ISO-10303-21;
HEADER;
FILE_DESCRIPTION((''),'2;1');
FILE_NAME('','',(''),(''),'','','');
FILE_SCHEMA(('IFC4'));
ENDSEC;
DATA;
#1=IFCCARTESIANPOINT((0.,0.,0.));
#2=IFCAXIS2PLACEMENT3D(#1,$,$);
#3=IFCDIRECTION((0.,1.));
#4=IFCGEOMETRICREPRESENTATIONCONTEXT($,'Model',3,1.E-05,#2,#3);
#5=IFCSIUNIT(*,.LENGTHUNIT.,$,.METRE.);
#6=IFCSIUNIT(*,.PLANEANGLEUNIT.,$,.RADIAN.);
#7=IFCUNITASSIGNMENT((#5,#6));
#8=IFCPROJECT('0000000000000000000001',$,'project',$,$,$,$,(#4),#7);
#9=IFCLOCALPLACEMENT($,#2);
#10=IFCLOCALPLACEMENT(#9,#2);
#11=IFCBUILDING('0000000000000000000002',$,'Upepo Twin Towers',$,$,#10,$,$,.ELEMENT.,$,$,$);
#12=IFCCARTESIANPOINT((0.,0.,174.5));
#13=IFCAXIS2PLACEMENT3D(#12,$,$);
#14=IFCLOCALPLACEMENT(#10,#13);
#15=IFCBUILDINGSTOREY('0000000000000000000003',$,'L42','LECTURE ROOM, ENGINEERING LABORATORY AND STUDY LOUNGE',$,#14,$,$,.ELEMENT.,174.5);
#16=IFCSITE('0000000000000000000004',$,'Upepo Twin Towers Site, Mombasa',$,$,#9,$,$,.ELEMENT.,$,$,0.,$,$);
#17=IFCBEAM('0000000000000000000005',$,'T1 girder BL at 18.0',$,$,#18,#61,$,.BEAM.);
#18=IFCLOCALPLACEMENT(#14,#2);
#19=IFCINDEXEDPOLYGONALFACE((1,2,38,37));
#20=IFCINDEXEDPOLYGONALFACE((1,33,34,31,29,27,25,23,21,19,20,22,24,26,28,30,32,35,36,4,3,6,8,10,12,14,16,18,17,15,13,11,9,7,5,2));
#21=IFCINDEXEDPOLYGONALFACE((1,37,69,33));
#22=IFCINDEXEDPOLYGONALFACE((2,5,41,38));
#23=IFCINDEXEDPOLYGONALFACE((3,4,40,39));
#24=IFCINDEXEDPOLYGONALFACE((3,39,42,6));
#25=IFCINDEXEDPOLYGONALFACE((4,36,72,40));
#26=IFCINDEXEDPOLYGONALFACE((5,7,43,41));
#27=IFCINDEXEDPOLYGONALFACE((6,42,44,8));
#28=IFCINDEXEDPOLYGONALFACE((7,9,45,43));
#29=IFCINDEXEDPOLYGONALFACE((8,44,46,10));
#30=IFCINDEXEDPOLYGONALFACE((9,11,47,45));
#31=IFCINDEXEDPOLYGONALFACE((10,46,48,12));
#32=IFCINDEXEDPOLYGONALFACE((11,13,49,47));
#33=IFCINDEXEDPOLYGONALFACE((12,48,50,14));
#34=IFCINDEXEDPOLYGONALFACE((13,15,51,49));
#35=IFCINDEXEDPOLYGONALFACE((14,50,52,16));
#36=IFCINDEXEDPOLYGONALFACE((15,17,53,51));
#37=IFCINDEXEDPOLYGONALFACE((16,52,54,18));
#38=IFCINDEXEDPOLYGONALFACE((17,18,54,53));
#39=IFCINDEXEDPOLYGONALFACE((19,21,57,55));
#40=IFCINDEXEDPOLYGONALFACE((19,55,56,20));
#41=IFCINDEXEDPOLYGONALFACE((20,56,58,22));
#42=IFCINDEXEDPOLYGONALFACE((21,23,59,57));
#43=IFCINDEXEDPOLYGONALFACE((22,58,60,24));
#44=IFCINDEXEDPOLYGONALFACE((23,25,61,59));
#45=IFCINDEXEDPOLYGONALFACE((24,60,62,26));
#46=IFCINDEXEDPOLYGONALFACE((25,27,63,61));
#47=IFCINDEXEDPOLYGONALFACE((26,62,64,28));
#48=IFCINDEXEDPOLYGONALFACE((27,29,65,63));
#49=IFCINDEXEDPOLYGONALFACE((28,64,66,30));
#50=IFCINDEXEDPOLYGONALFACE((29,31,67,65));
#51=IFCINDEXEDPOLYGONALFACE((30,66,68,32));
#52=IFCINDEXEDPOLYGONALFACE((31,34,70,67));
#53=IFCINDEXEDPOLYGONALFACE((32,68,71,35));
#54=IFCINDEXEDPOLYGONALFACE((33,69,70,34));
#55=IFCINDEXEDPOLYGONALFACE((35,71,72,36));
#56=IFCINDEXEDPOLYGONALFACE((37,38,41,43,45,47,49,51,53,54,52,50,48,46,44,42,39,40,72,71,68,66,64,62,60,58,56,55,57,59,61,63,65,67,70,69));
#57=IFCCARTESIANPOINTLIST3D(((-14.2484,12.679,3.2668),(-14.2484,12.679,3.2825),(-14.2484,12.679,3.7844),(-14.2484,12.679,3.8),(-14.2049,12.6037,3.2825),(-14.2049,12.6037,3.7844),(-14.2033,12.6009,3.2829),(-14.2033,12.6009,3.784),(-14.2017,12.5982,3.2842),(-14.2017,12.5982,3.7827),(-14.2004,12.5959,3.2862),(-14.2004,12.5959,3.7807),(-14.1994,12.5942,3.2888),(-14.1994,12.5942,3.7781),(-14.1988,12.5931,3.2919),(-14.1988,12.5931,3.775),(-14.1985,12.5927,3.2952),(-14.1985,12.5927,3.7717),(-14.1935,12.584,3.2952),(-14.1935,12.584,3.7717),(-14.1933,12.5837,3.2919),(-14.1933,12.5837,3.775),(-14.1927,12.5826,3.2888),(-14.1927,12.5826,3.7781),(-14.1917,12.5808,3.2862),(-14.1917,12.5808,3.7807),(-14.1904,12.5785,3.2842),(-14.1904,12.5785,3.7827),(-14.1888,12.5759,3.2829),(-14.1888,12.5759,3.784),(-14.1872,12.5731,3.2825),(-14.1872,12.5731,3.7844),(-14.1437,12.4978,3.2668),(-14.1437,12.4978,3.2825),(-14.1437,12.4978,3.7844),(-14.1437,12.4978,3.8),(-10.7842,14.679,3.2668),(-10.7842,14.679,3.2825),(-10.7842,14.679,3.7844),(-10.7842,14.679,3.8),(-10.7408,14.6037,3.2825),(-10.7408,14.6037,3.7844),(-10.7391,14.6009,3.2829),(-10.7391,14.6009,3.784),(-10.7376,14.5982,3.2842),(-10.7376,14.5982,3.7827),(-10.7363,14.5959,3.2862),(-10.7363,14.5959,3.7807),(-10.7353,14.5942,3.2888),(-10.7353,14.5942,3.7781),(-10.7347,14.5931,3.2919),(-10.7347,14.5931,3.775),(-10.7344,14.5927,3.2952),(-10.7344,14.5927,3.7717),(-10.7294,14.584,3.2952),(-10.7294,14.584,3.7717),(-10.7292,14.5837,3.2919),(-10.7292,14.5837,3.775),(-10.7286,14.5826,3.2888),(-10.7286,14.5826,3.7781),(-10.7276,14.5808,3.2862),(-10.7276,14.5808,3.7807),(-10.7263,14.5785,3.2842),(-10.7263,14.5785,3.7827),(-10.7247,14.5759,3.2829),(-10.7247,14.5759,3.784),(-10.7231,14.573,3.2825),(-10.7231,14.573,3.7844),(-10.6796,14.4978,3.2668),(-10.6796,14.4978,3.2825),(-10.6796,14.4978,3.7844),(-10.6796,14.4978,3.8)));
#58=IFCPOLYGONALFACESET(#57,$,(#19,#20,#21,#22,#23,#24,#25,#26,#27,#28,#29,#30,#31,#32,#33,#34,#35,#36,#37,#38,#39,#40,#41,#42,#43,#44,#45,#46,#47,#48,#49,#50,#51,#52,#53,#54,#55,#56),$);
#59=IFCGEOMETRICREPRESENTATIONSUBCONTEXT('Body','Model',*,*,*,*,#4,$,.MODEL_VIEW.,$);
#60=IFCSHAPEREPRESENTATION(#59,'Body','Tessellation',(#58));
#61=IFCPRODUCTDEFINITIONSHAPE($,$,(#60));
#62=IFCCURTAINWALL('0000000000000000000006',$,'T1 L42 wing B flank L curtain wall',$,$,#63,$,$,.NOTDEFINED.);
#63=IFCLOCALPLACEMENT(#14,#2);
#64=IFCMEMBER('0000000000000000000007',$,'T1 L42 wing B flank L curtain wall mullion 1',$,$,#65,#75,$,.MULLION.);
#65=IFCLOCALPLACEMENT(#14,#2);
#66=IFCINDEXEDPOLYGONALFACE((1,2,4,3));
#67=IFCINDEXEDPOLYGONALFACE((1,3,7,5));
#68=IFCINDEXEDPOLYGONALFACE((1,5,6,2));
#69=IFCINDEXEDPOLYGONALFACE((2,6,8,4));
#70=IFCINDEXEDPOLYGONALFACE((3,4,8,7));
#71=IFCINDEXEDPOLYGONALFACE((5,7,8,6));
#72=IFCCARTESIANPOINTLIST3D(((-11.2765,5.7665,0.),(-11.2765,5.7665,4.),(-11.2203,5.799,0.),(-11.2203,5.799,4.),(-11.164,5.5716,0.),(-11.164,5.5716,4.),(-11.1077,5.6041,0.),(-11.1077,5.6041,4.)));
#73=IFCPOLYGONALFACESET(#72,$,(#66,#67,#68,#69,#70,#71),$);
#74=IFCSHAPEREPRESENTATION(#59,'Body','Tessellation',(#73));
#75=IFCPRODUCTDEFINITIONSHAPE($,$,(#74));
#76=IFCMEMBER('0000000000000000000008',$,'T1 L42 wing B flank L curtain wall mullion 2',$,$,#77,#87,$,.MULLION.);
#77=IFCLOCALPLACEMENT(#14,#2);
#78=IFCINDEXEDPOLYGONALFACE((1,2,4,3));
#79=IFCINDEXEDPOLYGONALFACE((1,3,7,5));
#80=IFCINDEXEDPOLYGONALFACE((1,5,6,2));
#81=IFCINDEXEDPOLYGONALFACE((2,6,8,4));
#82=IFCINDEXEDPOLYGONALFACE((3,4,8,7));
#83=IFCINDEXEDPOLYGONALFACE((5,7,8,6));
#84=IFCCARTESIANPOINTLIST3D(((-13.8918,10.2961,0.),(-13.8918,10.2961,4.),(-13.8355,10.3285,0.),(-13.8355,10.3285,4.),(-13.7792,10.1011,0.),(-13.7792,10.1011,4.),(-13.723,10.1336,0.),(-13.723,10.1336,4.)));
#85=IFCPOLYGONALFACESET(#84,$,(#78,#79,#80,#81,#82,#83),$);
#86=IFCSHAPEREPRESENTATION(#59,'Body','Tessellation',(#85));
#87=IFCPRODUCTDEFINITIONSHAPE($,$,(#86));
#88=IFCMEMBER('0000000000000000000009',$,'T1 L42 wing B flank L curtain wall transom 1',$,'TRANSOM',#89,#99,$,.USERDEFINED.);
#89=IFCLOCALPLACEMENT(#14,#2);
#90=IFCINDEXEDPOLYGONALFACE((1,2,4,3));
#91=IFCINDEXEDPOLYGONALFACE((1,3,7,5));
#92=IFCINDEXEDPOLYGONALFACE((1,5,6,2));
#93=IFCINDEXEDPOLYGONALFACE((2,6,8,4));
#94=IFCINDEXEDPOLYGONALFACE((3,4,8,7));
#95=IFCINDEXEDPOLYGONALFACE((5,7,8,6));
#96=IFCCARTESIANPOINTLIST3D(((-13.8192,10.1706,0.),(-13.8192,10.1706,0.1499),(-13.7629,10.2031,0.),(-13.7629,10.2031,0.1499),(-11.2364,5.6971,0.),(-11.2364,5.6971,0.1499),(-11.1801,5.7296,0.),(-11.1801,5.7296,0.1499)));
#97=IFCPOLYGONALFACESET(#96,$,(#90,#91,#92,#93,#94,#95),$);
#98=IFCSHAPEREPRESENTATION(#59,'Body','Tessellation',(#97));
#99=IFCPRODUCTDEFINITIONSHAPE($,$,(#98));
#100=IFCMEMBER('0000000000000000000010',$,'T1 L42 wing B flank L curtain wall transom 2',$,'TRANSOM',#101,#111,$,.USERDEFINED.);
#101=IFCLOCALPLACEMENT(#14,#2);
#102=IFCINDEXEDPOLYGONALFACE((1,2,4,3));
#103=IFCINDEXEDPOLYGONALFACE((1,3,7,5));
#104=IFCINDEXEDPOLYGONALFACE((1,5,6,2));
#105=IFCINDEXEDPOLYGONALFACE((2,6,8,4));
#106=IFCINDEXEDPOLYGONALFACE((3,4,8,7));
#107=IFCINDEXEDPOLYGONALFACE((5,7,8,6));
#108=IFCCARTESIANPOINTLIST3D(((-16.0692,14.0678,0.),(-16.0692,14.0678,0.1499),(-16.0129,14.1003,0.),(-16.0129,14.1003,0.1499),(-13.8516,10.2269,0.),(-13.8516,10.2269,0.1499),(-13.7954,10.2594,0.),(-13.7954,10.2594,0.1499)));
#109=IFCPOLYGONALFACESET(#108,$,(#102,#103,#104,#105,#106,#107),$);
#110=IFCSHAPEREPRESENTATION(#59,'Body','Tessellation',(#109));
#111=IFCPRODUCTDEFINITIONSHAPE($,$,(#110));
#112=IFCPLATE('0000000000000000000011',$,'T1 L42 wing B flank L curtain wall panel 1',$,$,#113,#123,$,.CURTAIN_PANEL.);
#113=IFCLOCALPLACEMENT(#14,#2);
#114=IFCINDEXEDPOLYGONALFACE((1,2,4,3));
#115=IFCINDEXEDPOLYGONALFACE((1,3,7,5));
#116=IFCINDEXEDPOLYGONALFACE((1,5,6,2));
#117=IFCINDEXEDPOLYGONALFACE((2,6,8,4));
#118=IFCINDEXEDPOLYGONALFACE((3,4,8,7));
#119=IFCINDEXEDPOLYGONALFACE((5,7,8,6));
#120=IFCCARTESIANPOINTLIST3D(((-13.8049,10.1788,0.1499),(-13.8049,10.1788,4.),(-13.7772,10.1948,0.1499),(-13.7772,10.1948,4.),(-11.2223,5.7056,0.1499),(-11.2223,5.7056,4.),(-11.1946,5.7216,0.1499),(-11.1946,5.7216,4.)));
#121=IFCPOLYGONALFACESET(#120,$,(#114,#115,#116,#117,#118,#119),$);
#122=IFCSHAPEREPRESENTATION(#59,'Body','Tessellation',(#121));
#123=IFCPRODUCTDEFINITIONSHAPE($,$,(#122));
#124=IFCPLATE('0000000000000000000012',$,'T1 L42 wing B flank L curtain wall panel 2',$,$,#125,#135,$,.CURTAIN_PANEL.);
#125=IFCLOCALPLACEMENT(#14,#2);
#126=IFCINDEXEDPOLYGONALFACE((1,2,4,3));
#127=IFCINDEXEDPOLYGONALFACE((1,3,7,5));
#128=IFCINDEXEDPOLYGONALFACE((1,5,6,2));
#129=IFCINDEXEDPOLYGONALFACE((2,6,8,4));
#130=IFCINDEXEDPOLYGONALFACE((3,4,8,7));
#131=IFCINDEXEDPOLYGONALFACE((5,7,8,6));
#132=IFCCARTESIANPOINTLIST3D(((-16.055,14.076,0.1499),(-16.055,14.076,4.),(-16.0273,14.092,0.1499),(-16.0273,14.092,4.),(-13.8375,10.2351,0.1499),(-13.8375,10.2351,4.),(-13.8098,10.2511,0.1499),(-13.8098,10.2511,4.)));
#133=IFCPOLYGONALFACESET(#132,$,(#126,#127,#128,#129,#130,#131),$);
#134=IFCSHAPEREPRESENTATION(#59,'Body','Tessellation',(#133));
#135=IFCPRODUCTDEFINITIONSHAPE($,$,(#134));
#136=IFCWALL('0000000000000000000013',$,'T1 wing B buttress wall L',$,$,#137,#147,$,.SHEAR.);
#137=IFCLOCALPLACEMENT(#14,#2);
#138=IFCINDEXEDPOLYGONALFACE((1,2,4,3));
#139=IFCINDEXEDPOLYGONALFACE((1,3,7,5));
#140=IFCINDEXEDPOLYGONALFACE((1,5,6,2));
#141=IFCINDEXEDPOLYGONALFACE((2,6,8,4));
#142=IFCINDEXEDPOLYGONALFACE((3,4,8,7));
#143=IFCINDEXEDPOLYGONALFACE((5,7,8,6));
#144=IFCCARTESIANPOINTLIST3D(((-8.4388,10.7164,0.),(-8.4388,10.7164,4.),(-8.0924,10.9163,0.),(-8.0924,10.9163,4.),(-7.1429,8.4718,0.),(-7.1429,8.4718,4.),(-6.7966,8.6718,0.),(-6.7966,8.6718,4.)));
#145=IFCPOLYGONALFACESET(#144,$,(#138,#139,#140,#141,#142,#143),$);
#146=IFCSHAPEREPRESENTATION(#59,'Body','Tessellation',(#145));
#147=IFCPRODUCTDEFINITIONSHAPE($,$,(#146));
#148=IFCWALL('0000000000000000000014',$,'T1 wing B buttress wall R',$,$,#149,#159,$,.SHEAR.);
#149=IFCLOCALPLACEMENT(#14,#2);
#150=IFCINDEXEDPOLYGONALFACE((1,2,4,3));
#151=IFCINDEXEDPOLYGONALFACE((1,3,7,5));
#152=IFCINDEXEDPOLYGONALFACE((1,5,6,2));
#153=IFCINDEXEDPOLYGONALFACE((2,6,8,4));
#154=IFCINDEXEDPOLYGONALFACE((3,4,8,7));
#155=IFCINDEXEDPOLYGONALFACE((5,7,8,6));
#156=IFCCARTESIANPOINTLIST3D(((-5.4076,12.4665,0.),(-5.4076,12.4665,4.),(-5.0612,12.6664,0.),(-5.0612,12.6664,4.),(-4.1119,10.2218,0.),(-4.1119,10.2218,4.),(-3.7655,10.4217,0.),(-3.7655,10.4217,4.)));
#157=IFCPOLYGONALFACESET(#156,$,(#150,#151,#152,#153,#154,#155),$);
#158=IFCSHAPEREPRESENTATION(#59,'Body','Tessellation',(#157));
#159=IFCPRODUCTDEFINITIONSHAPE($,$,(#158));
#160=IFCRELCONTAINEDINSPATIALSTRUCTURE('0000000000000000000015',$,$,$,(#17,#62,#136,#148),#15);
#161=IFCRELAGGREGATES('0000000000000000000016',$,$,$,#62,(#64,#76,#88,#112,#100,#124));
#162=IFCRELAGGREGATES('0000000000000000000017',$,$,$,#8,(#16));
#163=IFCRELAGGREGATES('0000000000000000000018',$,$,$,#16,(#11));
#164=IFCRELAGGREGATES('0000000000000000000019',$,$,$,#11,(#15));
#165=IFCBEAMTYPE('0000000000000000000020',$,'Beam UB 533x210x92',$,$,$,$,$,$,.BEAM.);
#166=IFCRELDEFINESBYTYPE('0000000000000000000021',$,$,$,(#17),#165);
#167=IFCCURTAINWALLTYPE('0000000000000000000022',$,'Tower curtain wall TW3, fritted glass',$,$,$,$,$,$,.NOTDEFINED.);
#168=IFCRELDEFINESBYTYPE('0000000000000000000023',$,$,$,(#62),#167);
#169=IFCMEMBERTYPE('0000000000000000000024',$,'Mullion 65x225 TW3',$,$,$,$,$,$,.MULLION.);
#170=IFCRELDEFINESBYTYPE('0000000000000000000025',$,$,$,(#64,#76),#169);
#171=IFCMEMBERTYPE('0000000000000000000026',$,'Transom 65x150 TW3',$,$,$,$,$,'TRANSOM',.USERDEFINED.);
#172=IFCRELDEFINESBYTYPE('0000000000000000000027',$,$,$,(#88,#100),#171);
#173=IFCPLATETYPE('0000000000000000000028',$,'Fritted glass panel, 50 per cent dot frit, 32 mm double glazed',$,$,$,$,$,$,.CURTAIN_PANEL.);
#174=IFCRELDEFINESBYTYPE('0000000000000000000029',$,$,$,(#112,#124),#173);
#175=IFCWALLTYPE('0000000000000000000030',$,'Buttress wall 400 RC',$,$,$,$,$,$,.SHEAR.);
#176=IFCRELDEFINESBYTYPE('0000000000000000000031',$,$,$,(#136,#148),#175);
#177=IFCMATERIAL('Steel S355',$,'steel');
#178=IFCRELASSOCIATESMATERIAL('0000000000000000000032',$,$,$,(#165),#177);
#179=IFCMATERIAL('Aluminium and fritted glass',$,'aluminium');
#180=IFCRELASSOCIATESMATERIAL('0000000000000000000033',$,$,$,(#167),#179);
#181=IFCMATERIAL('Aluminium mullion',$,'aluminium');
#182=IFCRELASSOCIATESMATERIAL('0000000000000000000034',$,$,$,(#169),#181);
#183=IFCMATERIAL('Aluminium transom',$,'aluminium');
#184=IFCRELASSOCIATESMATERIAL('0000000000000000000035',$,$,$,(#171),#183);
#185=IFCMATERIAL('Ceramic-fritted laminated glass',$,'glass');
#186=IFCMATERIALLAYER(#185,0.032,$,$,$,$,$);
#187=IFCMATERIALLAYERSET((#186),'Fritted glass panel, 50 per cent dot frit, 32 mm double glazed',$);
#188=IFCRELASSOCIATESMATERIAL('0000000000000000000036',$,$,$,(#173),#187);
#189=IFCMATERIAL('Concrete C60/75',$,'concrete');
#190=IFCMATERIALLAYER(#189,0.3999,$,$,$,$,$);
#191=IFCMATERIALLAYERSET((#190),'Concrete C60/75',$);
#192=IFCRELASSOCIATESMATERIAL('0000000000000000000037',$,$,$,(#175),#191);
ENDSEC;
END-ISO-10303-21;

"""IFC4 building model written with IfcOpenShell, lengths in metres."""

from ifc_helpers import new_model, si_unit, direction, frame, frame_2d, origin, origin_2d, place, context, subcontext, project, spatial, rectangle, i_section, extrude, material, layer, layer_set, material_profile, profile_set, type_object, element, aggregate, save


model = new_model("IFC4")

# Units and contexts
model_context = context("Model", 3, precision=1e-05, world=origin(), true_north=direction((0.0, 1.0)))
body_context = subcontext(model_context, "Body", "Model", "MODEL_VIEW")
ifc_project = project(units=[si_unit("LENGTHUNIT", "METRE"), si_unit("PLANEANGLEUNIT", "RADIAN")], contexts=[model_context])

# Site, building, storey
site_placement = place(None, origin())
site = spatial("IfcSite", under=ifc_project, at=site_placement, Name="Upepo Twin Towers Site, Mombasa", CompositionType="ELEMENT", RefElevation=0.0)
building_placement = place(site_placement, origin())
building = spatial("IfcBuilding", under=site, at=building_placement, Name="Upepo Twin Towers", CompositionType="ELEMENT")
storey_placement = place(building_placement, frame((0.0, 0.0, 174.5)))
storey = spatial("IfcBuildingStorey", under=building, at=storey_placement, Name="L42", Description="LECTURE ROOM, ENGINEERING LABORATORY AND STUDY LOUNGE", CompositionType="ELEMENT", Elevation=174.5)

# Beam
ifc_material_1 = material(Name="Steel S355", Category="steel")
ifc_material_profile_1 = material_profile(ifc_material_1, i_section(OverallWidth=0.2092, OverallDepth=0.5332, WebThickness=0.01, FlangeThickness=0.0156, FilletRadius=0.0127, at=origin_2d()), Name="UB 533x210x92")
ifc_profile_set_1 = profile_set([ifc_material_profile_1], Name="Steel S355")
beam_type_1 = type_object("IfcBeamType", Name="Beam UB 533x210x92", PredefinedType="BEAM", material=ifc_profile_set_1)
for number, where, z_axis, x_axis, name in (
    (1, (-14.196, 12.5884, 3.5334), (0.866026, 0.499999, 0.0), (-0.499999, 0.866026, 0.0), "T1 girder BL at 18.0"),
):
    element("IfcBeam", number, at=place(storey_placement, frame(where, z_axis=z_axis, x_axis=x_axis)), inside=storey, type_object=beam_type_1, Name=name, PredefinedType="BEAM", context=body_context, shape_type="SweptSolid", body=[
        extrude(i_section(OverallWidth=0.2092, OverallDepth=0.5332, WebThickness=0.01, FlangeThickness=0.0156, FilletRadius=0.0127, at=origin_2d()), origin(), (0.0, 0.0, 1.0), 4.0),
    ])

# Curtain wall, members, plates
ifc_material_2 = material(Name="Aluminium and fritted glass", Category="aluminium")
curtain_wall_type = type_object("IfcCurtainWallType", Name="Tower curtain wall TW3, fritted glass", PredefinedType="NOTDEFINED", material=ifc_material_2)
curtain_wall_placement = place(storey_placement, origin())
curtain_wall = element("IfcCurtainWall", 2, at=curtain_wall_placement, inside=storey, type_object=curtain_wall_type, Name="T1 L42 wing B flank L curtain wall", PredefinedType="NOTDEFINED")
ifc_material_3 = material(Name="Aluminium mullion", Category="aluminium")
ifc_material_profile_2 = material_profile(ifc_material_3, rectangle(XDim=0.0649, YDim=0.2251, at=origin_2d()), Name="MULLION 65x225")
ifc_profile_set_2 = profile_set([ifc_material_profile_2], Name="Aluminium mullion")
member_type_1 = type_object("IfcMemberType", Name="Mullion 65x225 TW3", PredefinedType="MULLION", material=ifc_profile_set_2)
member_1_placement = place(storey_placement, frame((-11.1921, 5.6853, 0.0), z_axis=(0.0, 0.0, 1.0), x_axis=(-0.866025, -0.5, 0.0)))
member_1 = element("IfcMember", 3, at=member_1_placement, type_object=member_type_1, Name="T1 L42 wing B flank L curtain wall mullion 1", PredefinedType="MULLION", context=body_context, shape_type="SweptSolid", body=[
    extrude(rectangle(XDim=0.0649, YDim=0.2251, at=origin_2d()), origin(), (0.0, 0.0, 1.0), 4.0),
])
member_2_placement = place(storey_placement, frame((-13.8074, 10.2148, 0.0), z_axis=(0.0, 0.0, 1.0), x_axis=(-0.866025, -0.5, 0.0)))
member_2 = element("IfcMember", 4, at=member_2_placement, type_object=member_type_1, Name="T1 L42 wing B flank L curtain wall mullion 2", PredefinedType="MULLION", context=body_context, shape_type="SweptSolid", body=[
    extrude(rectangle(XDim=0.0649, YDim=0.2251, at=origin_2d()), origin(), (0.0, 0.0, 1.0), 4.0),
])
ifc_material_4 = material(Name="Aluminium transom", Category="aluminium")
ifc_material_profile_3 = material_profile(ifc_material_4, rectangle(XDim=0.0649, YDim=0.1499, at=origin_2d()), Name="TRANSOM 65x150")
ifc_profile_set_3 = profile_set([ifc_material_profile_3], Name="Aluminium transom")
member_type_2 = type_object("IfcMemberType", Name="Transom 65x150 TW3", ElementType="TRANSOM", PredefinedType="USERDEFINED", material=ifc_profile_set_3)
member_3_placement = place(storey_placement, frame((-11.2083, 5.7134, 0.075), z_axis=(-0.500007, 0.866021, 0.0), x_axis=(-0.866021, -0.500007, 0.0)))
member_3 = element("IfcMember", 5, at=member_3_placement, type_object=member_type_2, Name="T1 L42 wing B flank L curtain wall transom 1", ObjectType="TRANSOM", PredefinedType="USERDEFINED", context=body_context, shape_type="SweptSolid", body=[
    extrude(rectangle(XDim=0.0649, YDim=0.1499, at=origin_2d()), origin(), (0.0, 0.0, 1.0), 5.1655),
])
member_4_placement = place(storey_placement, frame((-13.8235, 10.2432, 0.075), z_axis=(-0.500005, 0.866022, 0.0), x_axis=(-0.866022, -0.500005, 0.0)))
member_4 = element("IfcMember", 6, at=member_4_placement, type_object=member_type_2, Name="T1 L42 wing B flank L curtain wall transom 2", ObjectType="TRANSOM", PredefinedType="USERDEFINED", context=body_context, shape_type="SweptSolid", body=[
    extrude(rectangle(XDim=0.0649, YDim=0.1499, at=origin_2d()), origin(), (0.0, 0.0, 1.0), 4.4351),
])
ifc_material_5 = material(Name="Ceramic-fritted laminated glass", Category="glass")
ifc_layer_1 = layer(ifc_material_5, 0.032)
ifc_layer_set_1 = layer_set([ifc_layer_1], Name="Fritted glass panel, 50 per cent dot frit, 32 mm double glazed")
plate_type = type_object("IfcPlateType", Name="Fritted glass panel, 50 per cent dot frit, 32 mm double glazed", PredefinedType="CURTAIN_PANEL", material=ifc_layer_set_1)
plate_1_placement = place(storey_placement, frame((-12.4998, 7.9502, 0.1499), z_axis=(0.0, 0.0, 1.0), x_axis=(-0.5, 0.866025, 0.0)))
plate_1 = element("IfcPlate", 7, at=plate_1_placement, type_object=plate_type, Name="T1 L42 wing B flank L curtain wall panel 1", PredefinedType="CURTAIN_PANEL", context=body_context, shape_type="SweptSolid", body=[
    extrude(rectangle(XDim=5.1653, YDim=0.032, at=origin_2d()), origin(), (0.0, 0.0, 1.0), 3.8501),
])
plate_2_placement = place(storey_placement, frame((-14.9324, 12.1636, 0.1499), z_axis=(0.0, 0.0, 1.0), x_axis=(-0.5, 0.866025, 0.0)))
plate_2 = element("IfcPlate", 8, at=plate_2_placement, type_object=plate_type, Name="T1 L42 wing B flank L curtain wall panel 2", PredefinedType="CURTAIN_PANEL", context=body_context, shape_type="SweptSolid", body=[
    extrude(rectangle(XDim=4.4351, YDim=0.032, at=origin_2d()), origin(), (0.0, 0.0, 1.0), 3.8501),
])
aggregate(curtain_wall, [member_1, member_2, member_3, plate_1, member_4, plate_2])

# Walls
ifc_material_6 = material(Name="Concrete C60/75", Category="concrete")
ifc_layer_2 = layer(ifc_material_6, 0.3999)
ifc_layer_set_2 = layer_set([ifc_layer_2], Name="Concrete C60/75")
wall_type_1 = type_object("IfcWallType", Name="Buttress wall 400 RC", PredefinedType="SHEAR", material=ifc_layer_set_2)
for number, where, z_axis, x_axis, name in (
    (9, (-6.9697, 8.5718, 0.0), (0.0, 0.0, 1.0), (-0.499989, 0.866032, 0.0), "T1 wing B buttress wall L"),
    (10, (-3.9387, 10.3218, 0.0), (0.0, 0.0, 1.0), (-0.499918, 0.866073, 0.0), "T1 wing B buttress wall R"),
):
    element("IfcWall", number, at=place(storey_placement, frame(where, z_axis=z_axis, x_axis=x_axis)), inside=storey, type_object=wall_type_1, Name=name, PredefinedType="SHEAR", context=body_context, shape_type="SweptSolid", body=[
        extrude(rectangle(XDim=2.5918, YDim=0.3999, at=frame_2d((1.2959, 0.0))), origin(), (0.0, 0.0, 1.0), 4.0),
    ])

save(model, "model.ifc")
